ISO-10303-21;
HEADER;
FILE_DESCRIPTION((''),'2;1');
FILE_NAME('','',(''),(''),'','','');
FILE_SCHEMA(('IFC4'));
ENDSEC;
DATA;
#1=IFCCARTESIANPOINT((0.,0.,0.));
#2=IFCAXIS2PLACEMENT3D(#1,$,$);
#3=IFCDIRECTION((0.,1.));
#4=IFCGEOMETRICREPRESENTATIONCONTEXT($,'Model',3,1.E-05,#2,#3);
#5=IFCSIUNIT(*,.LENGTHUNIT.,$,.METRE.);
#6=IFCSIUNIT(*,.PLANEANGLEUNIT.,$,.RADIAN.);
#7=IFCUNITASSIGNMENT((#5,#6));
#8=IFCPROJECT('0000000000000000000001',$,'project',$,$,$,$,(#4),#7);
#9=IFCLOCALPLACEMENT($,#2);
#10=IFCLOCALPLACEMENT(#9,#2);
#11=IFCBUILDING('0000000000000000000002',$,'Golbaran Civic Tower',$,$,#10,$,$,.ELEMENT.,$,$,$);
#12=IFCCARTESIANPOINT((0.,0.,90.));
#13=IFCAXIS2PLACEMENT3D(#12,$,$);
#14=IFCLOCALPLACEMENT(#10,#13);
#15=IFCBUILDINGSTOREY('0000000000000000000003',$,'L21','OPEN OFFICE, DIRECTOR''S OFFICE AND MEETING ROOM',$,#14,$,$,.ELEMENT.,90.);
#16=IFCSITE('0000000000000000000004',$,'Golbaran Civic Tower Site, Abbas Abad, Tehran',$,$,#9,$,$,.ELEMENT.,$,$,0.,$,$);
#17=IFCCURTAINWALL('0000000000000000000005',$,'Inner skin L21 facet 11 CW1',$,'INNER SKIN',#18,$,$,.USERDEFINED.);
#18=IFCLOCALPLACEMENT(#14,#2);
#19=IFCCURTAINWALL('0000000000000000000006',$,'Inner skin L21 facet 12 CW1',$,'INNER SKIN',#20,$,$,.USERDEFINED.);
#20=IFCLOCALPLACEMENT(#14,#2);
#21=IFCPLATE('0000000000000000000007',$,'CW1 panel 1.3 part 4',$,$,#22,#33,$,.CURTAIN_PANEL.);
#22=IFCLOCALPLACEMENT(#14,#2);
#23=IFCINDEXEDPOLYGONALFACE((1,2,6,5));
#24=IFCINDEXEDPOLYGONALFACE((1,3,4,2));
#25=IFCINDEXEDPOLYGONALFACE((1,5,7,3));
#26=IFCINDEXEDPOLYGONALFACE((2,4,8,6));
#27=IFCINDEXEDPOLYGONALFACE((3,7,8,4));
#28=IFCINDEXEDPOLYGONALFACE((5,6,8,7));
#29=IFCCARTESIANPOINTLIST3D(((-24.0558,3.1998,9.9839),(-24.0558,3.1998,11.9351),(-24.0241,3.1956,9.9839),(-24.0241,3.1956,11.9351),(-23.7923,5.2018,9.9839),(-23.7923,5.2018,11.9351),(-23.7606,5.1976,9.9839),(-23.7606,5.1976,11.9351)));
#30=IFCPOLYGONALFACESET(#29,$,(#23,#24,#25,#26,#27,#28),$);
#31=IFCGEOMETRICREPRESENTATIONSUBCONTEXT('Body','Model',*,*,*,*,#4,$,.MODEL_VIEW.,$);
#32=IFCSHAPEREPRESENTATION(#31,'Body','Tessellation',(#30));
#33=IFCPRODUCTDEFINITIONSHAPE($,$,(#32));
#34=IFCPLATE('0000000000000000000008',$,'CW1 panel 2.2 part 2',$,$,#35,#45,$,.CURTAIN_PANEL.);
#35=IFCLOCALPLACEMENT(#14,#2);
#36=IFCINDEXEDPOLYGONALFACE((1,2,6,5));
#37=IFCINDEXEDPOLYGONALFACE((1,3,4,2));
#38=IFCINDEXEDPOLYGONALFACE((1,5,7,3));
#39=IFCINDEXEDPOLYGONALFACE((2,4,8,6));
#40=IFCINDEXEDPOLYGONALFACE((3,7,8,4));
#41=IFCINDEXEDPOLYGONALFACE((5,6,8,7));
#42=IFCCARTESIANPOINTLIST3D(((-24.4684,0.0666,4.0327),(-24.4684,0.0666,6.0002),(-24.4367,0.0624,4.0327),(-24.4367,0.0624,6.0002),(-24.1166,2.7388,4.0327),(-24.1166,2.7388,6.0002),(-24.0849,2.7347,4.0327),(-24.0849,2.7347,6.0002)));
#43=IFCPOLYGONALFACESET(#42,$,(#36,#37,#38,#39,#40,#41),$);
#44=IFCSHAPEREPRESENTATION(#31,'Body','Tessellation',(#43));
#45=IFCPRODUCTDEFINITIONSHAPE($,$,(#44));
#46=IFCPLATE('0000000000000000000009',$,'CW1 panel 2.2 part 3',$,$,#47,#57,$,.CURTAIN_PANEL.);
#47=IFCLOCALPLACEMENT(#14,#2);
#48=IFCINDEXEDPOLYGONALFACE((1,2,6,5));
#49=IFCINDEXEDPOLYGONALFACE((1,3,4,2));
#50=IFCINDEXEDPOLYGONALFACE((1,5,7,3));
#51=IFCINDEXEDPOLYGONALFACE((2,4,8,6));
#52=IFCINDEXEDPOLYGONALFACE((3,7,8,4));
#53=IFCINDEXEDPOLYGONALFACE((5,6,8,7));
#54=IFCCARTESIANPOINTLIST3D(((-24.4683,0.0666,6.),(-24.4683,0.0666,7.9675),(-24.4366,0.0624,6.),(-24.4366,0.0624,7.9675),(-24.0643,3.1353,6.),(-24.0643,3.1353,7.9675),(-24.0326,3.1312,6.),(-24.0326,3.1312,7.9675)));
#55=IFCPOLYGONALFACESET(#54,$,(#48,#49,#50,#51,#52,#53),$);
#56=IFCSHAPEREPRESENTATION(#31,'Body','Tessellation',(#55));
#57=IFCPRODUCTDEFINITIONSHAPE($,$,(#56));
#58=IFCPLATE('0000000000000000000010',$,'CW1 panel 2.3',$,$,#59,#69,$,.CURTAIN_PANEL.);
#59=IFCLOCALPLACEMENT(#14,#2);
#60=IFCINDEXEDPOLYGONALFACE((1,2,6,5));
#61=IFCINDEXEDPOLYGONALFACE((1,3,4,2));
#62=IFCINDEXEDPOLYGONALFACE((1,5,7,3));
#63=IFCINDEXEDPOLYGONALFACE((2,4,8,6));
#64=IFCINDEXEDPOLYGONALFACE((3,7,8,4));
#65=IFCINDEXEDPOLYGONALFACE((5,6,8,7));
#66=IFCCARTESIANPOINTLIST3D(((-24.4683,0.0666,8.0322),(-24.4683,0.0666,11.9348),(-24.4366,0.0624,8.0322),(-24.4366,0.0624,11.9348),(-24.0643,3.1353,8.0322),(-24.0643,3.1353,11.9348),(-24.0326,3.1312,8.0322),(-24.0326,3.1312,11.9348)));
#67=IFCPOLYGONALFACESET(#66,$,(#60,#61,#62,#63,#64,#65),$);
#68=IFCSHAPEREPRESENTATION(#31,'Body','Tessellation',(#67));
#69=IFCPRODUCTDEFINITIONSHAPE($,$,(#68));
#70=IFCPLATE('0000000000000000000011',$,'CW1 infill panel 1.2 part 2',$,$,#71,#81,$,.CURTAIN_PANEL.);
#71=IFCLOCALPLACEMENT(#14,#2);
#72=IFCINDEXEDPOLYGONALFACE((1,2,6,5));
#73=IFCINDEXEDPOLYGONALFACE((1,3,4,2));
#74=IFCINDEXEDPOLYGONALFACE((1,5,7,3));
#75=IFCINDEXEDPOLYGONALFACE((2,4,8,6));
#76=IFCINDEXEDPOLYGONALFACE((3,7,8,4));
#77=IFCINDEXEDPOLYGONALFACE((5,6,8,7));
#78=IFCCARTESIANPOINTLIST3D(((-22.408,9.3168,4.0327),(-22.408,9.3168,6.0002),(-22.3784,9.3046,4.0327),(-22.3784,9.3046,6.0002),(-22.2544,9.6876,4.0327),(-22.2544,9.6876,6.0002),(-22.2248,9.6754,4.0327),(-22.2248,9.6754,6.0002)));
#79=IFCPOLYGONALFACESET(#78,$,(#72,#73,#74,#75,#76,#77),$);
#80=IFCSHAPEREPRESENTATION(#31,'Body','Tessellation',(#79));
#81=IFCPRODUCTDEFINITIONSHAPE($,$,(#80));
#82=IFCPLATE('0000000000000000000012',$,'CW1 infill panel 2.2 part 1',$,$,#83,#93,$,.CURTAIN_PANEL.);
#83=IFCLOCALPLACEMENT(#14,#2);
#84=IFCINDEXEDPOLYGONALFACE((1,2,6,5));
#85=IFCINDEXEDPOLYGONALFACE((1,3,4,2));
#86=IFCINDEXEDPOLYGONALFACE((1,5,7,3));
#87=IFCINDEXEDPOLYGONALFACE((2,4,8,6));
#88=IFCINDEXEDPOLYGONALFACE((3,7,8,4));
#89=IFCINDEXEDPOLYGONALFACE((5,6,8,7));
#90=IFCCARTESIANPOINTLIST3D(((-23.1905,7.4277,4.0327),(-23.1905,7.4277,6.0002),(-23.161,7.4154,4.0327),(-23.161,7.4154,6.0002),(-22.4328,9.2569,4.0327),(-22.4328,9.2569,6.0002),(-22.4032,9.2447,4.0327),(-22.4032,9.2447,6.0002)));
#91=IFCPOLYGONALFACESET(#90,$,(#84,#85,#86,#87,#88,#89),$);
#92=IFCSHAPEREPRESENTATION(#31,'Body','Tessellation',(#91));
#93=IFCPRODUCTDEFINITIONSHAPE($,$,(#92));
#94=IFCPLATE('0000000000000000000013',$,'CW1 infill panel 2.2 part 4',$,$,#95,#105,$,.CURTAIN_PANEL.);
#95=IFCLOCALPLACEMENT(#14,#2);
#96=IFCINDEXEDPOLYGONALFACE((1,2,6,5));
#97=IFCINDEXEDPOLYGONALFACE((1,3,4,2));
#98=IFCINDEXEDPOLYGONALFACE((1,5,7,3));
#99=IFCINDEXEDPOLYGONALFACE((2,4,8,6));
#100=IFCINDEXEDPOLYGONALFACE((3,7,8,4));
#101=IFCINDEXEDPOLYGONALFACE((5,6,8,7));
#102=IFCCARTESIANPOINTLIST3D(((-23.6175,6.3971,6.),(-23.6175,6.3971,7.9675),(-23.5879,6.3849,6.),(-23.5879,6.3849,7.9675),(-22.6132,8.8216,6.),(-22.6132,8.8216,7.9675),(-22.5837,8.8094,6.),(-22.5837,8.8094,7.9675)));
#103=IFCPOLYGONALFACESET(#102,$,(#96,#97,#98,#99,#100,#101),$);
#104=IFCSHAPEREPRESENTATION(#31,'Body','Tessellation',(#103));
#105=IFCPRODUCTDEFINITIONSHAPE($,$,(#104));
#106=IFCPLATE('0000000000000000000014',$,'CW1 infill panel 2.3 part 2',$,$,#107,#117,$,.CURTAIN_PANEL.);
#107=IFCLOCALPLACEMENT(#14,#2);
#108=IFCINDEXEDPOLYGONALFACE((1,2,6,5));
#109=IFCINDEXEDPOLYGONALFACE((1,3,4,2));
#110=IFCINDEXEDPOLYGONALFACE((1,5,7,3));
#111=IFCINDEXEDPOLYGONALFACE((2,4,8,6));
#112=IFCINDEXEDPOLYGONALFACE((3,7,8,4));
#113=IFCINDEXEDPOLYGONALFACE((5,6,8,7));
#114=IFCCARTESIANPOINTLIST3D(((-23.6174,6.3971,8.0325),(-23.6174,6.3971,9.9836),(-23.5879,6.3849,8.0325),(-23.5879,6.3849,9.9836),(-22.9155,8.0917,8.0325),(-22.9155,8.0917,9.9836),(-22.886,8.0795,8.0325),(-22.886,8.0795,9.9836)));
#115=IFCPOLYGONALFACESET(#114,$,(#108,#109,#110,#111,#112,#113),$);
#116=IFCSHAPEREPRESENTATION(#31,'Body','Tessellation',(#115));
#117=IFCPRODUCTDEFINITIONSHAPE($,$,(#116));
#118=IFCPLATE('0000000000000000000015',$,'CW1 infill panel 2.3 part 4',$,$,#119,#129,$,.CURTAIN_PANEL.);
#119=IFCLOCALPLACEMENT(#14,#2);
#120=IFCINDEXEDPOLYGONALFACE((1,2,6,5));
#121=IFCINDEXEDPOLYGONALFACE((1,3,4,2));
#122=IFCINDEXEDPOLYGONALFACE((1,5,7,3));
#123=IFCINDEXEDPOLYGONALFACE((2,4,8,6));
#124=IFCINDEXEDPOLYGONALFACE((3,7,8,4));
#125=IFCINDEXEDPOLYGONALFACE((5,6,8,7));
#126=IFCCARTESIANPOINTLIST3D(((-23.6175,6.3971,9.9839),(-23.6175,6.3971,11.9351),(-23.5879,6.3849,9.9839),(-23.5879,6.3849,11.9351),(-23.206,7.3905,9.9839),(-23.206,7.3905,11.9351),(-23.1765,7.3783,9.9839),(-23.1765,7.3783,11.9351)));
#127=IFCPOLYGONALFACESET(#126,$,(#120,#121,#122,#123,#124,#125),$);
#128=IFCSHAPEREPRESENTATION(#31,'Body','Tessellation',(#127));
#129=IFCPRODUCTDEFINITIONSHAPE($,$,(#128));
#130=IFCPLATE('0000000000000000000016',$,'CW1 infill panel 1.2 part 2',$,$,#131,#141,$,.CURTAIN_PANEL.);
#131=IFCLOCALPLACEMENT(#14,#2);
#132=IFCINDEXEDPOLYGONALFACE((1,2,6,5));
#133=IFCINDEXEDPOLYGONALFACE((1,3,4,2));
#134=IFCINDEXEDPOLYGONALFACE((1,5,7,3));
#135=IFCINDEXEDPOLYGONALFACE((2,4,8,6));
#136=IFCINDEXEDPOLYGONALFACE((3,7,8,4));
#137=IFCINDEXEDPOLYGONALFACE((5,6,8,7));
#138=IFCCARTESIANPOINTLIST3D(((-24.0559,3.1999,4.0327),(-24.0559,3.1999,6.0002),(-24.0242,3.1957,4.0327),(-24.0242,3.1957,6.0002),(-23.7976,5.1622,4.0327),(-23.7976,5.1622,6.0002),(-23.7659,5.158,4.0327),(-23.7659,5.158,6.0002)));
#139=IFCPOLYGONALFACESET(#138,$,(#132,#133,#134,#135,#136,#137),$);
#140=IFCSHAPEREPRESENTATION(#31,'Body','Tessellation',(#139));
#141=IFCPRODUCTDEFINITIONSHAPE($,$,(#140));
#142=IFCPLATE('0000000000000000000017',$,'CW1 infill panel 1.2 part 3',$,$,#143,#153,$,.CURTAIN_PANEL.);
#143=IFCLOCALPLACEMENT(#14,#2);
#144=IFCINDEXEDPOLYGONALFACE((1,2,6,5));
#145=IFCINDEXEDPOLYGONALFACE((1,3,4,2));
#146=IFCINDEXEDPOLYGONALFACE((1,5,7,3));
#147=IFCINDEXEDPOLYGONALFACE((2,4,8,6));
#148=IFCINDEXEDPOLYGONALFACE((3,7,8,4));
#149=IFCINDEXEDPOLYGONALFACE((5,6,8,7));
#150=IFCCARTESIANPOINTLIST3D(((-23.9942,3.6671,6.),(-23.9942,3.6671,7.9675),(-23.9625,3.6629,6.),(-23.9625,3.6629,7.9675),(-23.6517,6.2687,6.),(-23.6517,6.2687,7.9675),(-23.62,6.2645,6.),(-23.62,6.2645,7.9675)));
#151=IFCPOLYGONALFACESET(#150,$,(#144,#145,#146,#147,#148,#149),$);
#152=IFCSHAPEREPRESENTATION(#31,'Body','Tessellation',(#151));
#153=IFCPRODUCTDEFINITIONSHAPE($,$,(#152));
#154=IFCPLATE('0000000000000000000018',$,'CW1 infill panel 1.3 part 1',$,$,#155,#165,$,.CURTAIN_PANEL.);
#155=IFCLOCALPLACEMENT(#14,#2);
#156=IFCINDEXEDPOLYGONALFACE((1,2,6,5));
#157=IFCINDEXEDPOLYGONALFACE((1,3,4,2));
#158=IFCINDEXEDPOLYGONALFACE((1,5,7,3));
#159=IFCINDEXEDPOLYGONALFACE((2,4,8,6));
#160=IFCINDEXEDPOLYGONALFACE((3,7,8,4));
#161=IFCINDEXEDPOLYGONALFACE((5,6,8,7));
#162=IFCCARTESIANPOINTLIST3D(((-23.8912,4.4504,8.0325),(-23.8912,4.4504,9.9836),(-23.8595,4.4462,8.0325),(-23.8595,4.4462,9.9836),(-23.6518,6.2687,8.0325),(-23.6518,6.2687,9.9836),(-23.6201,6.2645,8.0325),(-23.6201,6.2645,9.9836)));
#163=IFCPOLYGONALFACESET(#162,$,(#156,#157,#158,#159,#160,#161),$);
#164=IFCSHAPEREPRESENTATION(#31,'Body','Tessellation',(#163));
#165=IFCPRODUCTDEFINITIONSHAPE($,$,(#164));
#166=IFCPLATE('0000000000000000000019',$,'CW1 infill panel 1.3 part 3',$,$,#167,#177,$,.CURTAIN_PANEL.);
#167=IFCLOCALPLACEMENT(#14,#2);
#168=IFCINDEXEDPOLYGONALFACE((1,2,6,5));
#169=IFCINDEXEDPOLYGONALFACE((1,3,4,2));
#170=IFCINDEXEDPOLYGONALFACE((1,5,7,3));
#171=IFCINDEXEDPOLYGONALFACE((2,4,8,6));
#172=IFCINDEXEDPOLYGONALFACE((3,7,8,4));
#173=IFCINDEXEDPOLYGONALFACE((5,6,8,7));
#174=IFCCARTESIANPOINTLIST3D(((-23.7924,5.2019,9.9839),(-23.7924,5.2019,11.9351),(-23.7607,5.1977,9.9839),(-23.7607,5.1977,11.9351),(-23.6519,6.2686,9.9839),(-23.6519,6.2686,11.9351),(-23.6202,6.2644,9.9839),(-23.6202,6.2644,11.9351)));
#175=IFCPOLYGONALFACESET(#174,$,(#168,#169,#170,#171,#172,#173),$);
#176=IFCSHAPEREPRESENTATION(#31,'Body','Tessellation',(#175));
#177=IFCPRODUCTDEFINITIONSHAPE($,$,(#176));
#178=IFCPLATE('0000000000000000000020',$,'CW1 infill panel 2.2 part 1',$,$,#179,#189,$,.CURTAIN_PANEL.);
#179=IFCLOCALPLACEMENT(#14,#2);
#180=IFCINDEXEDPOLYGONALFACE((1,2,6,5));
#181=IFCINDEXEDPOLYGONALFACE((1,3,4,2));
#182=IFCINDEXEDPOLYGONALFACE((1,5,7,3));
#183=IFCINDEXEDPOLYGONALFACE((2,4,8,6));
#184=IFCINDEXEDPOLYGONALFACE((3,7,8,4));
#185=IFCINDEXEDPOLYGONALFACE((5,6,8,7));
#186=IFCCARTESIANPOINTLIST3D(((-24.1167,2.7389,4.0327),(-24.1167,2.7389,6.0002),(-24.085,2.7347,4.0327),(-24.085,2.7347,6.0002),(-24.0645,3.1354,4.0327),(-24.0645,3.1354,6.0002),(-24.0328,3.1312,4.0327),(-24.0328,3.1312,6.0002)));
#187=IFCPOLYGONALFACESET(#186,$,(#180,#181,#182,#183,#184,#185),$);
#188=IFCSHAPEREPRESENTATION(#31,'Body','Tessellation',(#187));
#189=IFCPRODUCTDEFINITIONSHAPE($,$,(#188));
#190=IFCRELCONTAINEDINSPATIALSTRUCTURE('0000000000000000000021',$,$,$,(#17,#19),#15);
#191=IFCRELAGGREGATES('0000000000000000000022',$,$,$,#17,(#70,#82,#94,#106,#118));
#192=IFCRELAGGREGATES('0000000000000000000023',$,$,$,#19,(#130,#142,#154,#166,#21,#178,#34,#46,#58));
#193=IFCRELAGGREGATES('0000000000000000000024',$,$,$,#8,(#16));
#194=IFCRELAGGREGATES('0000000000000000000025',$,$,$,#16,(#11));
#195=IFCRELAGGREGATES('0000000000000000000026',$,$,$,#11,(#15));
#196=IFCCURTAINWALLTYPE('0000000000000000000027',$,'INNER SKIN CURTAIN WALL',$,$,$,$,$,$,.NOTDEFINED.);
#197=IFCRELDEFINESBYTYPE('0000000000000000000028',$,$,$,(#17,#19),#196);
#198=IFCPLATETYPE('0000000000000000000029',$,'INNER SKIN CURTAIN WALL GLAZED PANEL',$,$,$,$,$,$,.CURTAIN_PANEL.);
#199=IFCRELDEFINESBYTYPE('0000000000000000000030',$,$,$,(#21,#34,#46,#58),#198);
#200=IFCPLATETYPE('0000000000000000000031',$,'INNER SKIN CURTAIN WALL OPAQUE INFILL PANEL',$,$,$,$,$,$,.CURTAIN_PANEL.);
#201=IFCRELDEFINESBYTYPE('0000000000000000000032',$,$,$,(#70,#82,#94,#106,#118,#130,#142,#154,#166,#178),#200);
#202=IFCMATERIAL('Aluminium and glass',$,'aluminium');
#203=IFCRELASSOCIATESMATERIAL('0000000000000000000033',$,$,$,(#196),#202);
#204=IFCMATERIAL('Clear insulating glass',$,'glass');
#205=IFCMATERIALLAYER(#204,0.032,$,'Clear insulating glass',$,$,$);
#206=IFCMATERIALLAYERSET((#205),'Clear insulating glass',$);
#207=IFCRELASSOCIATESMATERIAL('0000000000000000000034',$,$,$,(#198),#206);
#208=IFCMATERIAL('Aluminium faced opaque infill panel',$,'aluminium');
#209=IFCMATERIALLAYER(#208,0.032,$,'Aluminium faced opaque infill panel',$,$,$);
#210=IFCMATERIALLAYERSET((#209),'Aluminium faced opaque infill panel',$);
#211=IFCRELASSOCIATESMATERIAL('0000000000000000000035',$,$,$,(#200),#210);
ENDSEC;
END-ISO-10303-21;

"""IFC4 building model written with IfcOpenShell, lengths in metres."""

from ifc_helpers import new_model, si_unit, direction, frame, origin, origin_2d, place, context, subcontext, project, spatial, rectangle, extrude, material, layer, layer_set, type_object, element, aggregate, save


model = new_model("IFC4")

# Units and contexts
model_context = context("Model", 3, precision=1e-05, world=origin(), true_north=direction((0.0, 1.0)))
body_context = subcontext(model_context, "Body", "Model", "MODEL_VIEW")
ifc_project = project(units=[si_unit("LENGTHUNIT", "METRE"), si_unit("PLANEANGLEUNIT", "RADIAN")], contexts=[model_context])

# Site, building, storey
site_placement = place(None, origin())
site = spatial("IfcSite", under=ifc_project, at=site_placement, Name="Golbaran Civic Tower Site, Abbas Abad, Tehran", CompositionType="ELEMENT", RefElevation=0.0)
building_placement = place(site_placement, origin())
building = spatial("IfcBuilding", under=site, at=building_placement, Name="Golbaran Civic Tower", CompositionType="ELEMENT")
storey_placement = place(building_placement, frame((0.0, 0.0, 90.0)))
storey = spatial("IfcBuildingStorey", under=building, at=storey_placement, Name="L21", Description="OPEN OFFICE, DIRECTOR'S OFFICE AND MEETING ROOM", CompositionType="ELEMENT", Elevation=90.0)

# Curtain walls
ifc_material_1 = material(Name="Aluminium and glass", Category="aluminium")
curtain_wall_type = type_object("IfcCurtainWallType", Name="INNER SKIN CURTAIN WALL", PredefinedType="NOTDEFINED", material=ifc_material_1)
curtain_wall_1_placement = place(storey_placement, origin())
curtain_wall_1 = element("IfcCurtainWall", 1, at=curtain_wall_1_placement, inside=storey, type_object=curtain_wall_type, Name="Inner skin L21 facet 11 CW1", ObjectType="INNER SKIN", PredefinedType="USERDEFINED")
curtain_wall_2_placement = place(storey_placement, origin())
curtain_wall_2 = element("IfcCurtainWall", 2, at=curtain_wall_2_placement, inside=storey, type_object=curtain_wall_type, Name="Inner skin L21 facet 12 CW1", ObjectType="INNER SKIN", PredefinedType="USERDEFINED")

# Plates
ifc_material_2 = material(Name="Clear insulating glass", Category="glass")
ifc_layer_1 = layer(ifc_material_2, 0.032, Name="Clear insulating glass")
ifc_layer_set_1 = layer_set([ifc_layer_1], Name="Clear insulating glass")
plate_type_1 = type_object("IfcPlateType", Name="INNER SKIN CURTAIN WALL GLAZED PANEL", PredefinedType="CURTAIN_PANEL", material=ifc_layer_set_1)
plate_1_placement = place(storey_placement, frame((-23.9082, 4.1987, 9.9839), z_axis=(0.0, 0.0, 1.0), x_axis=(-0.130526, -0.991445, 0.0)))
plate_1 = element("IfcPlate", 3, at=plate_1_placement, type_object=plate_type_1, Name="CW1 panel 1.3 part 4", PredefinedType="CURTAIN_PANEL", context=body_context, shape_type="SweptSolid", body=[
    extrude(rectangle(XDim=2.0193, YDim=0.032, at=origin_2d()), origin(), (0.0, 0.0, 1.0), 1.9512),
])
plate_2_placement = place(storey_placement, frame((-24.2766, 1.4006, 4.0327), z_axis=(0.0, 0.0, 1.0), x_axis=(-0.130526, -0.991445, 0.0)))
plate_2 = element("IfcPlate", 4, at=plate_2_placement, type_object=plate_type_1, Name="CW1 panel 2.2 part 2", PredefinedType="CURTAIN_PANEL", context=body_context, shape_type="SweptSolid", body=[
    extrude(rectangle(XDim=2.6953, YDim=0.032, at=origin_2d()), origin(), (0.0, 0.0, 1.0), 1.9675),
])
plate_3_placement = place(storey_placement, frame((-24.2505, 1.5989, 6.0), z_axis=(0.0, 0.0, 1.0), x_axis=(-0.130526, -0.991445, 0.0)))
plate_3 = element("IfcPlate", 5, at=plate_3_placement, type_object=plate_type_1, Name="CW1 panel 2.2 part 3", PredefinedType="CURTAIN_PANEL", context=body_context, shape_type="SweptSolid", body=[
    extrude(rectangle(XDim=3.0952, YDim=0.032, at=origin_2d()), origin(), (0.0, 0.0, 1.0), 1.9675),
])
plate_4_placement = place(storey_placement, frame((-24.2505, 1.5989, 8.0322), z_axis=(0.0, 0.0, 1.0), x_axis=(-0.130526, -0.991445, 0.0)))
plate_4 = element("IfcPlate", 6, at=plate_4_placement, type_object=plate_type_1, Name="CW1 panel 2.3", PredefinedType="CURTAIN_PANEL", context=body_context, shape_type="SweptSolid", body=[
    extrude(rectangle(XDim=3.0952, YDim=0.032, at=origin_2d()), origin(), (0.0, 0.0, 1.0), 3.9026),
])
ifc_material_3 = material(Name="Aluminium faced opaque infill panel", Category="aluminium")
ifc_layer_2 = layer(ifc_material_3, 0.032, Name="Aluminium faced opaque infill panel")
ifc_layer_set_2 = layer_set([ifc_layer_2], Name="Aluminium faced opaque infill panel")
plate_type_2 = type_object("IfcPlateType", Name="INNER SKIN CURTAIN WALL OPAQUE INFILL PANEL", PredefinedType="CURTAIN_PANEL", material=ifc_layer_set_2)
plate_5_placement = place(storey_placement, frame((-22.3164, 9.4961, 4.0327), z_axis=(0.0, 0.0, 1.0), x_axis=(-0.382683, -0.92388, 0.0)))
plate_5 = element("IfcPlate", 7, at=plate_5_placement, type_object=plate_type_2, Name="CW1 infill panel 1.2 part 2", PredefinedType="CURTAIN_PANEL", context=body_context, shape_type="SweptSolid", body=[
    extrude(rectangle(XDim=0.4014, YDim=0.032, at=origin_2d()), origin(), (0.0, 0.0, 1.0), 1.9675),
])
plate_6_placement = place(storey_placement, frame((-22.7969, 8.3362, 4.0327), z_axis=(0.0, 0.0, 1.0), x_axis=(-0.382683, -0.92388, 0.0)))
plate_6 = element("IfcPlate", 8, at=plate_6_placement, type_object=plate_type_2, Name="CW1 infill panel 2.2 part 1", PredefinedType="CURTAIN_PANEL", context=body_context, shape_type="SweptSolid", body=[
    extrude(rectangle(XDim=1.98, YDim=0.032, at=origin_2d()), origin(), (0.0, 0.0, 1.0), 1.9675),
])
plate_7_placement = place(storey_placement, frame((-23.1006, 7.6033, 6.0), z_axis=(0.0, 0.0, 1.0), x_axis=(-0.382683, -0.92388, 0.0)))
plate_7 = element("IfcPlate", 9, at=plate_7_placement, type_object=plate_type_2, Name="CW1 infill panel 2.2 part 4", PredefinedType="CURTAIN_PANEL", context=body_context, shape_type="SweptSolid", body=[
    extrude(rectangle(XDim=2.6243, YDim=0.032, at=origin_2d()), origin(), (0.0, 0.0, 1.0), 1.9675),
])
plate_8_placement = place(storey_placement, frame((-23.2517, 7.2383, 8.0325), z_axis=(0.0, 0.0, 1.0), x_axis=(-0.382683, -0.92388, 0.0)))
plate_8 = element("IfcPlate", 10, at=plate_8_placement, type_object=plate_type_2, Name="CW1 infill panel 2.3 part 2", PredefinedType="CURTAIN_PANEL", context=body_context, shape_type="SweptSolid", body=[
    extrude(rectangle(XDim=1.8342, YDim=0.032, at=origin_2d()), origin(), (0.0, 0.0, 1.0), 1.9512),
])
plate_9_placement = place(storey_placement, frame((-23.397, 6.8877, 9.9839), z_axis=(0.0, 0.0, 1.0), x_axis=(-0.382683, -0.92388, 0.0)))
plate_9 = element("IfcPlate", 11, at=plate_9_placement, type_object=plate_type_2, Name="CW1 infill panel 2.3 part 4", PredefinedType="CURTAIN_PANEL", context=body_context, shape_type="SweptSolid", body=[
    extrude(rectangle(XDim=1.0752, YDim=0.032, at=origin_2d()), origin(), (0.0, 0.0, 1.0), 1.9512),
])
aggregate(curtain_wall_1, [plate_5, plate_6, plate_7, plate_8, plate_9])
plate_10_placement = place(storey_placement, frame((-23.9109, 4.179, 4.0327), z_axis=(0.0, 0.0, 1.0), x_axis=(-0.130526, -0.991445, 0.0)))
plate_10 = element("IfcPlate", 12, at=plate_10_placement, type_object=plate_type_2, Name="CW1 infill panel 1.2 part 2", PredefinedType="CURTAIN_PANEL", context=body_context, shape_type="SweptSolid", body=[
    extrude(rectangle(XDim=1.9792, YDim=0.032, at=origin_2d()), origin(), (0.0, 0.0, 1.0), 1.9675),
])
plate_11_placement = place(storey_placement, frame((-23.8071, 4.9658, 6.0), z_axis=(0.0, 0.0, 1.0), x_axis=(-0.130526, -0.991445, 0.0)))
plate_11 = element("IfcPlate", 13, at=plate_11_placement, type_object=plate_type_2, Name="CW1 infill panel 1.2 part 3", PredefinedType="CURTAIN_PANEL", context=body_context, shape_type="SweptSolid", body=[
    extrude(rectangle(XDim=2.624, YDim=0.032, at=origin_2d()), origin(), (0.0, 0.0, 1.0), 1.9675),
])
plate_12_placement = place(storey_placement, frame((-23.7556, 5.3574, 8.0325), z_axis=(0.0, 0.0, 1.0), x_axis=(-0.130526, -0.991445, 0.0)))
plate_12 = element("IfcPlate", 14, at=plate_12_placement, type_object=plate_type_2, Name="CW1 infill panel 1.3 part 1", PredefinedType="CURTAIN_PANEL", context=body_context, shape_type="SweptSolid", body=[
    extrude(rectangle(XDim=1.834, YDim=0.032, at=origin_2d()), origin(), (0.0, 0.0, 1.0), 1.9512),
])
plate_13_placement = place(storey_placement, frame((-23.7063, 5.7332, 9.9839), z_axis=(0.0, 0.0, 1.0), x_axis=(-0.130526, -0.991445, 0.0)))
plate_13 = element("IfcPlate", 15, at=plate_13_placement, type_object=plate_type_2, Name="CW1 infill panel 1.3 part 3", PredefinedType="CURTAIN_PANEL", context=body_context, shape_type="SweptSolid", body=[
    extrude(rectangle(XDim=1.0759, YDim=0.032, at=origin_2d()), origin(), (0.0, 0.0, 1.0), 1.9512),
])
plate_14_placement = place(storey_placement, frame((-24.0747, 2.9351, 4.0327), z_axis=(0.0, 0.0, 1.0), x_axis=(-0.130526, -0.991445, 0.0)))
plate_14 = element("IfcPlate", 16, at=plate_14_placement, type_object=plate_type_2, Name="CW1 infill panel 2.2 part 1", PredefinedType="CURTAIN_PANEL", context=body_context, shape_type="SweptSolid", body=[
    extrude(rectangle(XDim=0.3999, YDim=0.032, at=origin_2d()), origin(), (0.0, 0.0, 1.0), 1.9675),
])
aggregate(curtain_wall_2, [plate_10, plate_11, plate_12, plate_13, plate_1, plate_14, plate_2, plate_3, plate_4])

save(model, "model.ifc")
